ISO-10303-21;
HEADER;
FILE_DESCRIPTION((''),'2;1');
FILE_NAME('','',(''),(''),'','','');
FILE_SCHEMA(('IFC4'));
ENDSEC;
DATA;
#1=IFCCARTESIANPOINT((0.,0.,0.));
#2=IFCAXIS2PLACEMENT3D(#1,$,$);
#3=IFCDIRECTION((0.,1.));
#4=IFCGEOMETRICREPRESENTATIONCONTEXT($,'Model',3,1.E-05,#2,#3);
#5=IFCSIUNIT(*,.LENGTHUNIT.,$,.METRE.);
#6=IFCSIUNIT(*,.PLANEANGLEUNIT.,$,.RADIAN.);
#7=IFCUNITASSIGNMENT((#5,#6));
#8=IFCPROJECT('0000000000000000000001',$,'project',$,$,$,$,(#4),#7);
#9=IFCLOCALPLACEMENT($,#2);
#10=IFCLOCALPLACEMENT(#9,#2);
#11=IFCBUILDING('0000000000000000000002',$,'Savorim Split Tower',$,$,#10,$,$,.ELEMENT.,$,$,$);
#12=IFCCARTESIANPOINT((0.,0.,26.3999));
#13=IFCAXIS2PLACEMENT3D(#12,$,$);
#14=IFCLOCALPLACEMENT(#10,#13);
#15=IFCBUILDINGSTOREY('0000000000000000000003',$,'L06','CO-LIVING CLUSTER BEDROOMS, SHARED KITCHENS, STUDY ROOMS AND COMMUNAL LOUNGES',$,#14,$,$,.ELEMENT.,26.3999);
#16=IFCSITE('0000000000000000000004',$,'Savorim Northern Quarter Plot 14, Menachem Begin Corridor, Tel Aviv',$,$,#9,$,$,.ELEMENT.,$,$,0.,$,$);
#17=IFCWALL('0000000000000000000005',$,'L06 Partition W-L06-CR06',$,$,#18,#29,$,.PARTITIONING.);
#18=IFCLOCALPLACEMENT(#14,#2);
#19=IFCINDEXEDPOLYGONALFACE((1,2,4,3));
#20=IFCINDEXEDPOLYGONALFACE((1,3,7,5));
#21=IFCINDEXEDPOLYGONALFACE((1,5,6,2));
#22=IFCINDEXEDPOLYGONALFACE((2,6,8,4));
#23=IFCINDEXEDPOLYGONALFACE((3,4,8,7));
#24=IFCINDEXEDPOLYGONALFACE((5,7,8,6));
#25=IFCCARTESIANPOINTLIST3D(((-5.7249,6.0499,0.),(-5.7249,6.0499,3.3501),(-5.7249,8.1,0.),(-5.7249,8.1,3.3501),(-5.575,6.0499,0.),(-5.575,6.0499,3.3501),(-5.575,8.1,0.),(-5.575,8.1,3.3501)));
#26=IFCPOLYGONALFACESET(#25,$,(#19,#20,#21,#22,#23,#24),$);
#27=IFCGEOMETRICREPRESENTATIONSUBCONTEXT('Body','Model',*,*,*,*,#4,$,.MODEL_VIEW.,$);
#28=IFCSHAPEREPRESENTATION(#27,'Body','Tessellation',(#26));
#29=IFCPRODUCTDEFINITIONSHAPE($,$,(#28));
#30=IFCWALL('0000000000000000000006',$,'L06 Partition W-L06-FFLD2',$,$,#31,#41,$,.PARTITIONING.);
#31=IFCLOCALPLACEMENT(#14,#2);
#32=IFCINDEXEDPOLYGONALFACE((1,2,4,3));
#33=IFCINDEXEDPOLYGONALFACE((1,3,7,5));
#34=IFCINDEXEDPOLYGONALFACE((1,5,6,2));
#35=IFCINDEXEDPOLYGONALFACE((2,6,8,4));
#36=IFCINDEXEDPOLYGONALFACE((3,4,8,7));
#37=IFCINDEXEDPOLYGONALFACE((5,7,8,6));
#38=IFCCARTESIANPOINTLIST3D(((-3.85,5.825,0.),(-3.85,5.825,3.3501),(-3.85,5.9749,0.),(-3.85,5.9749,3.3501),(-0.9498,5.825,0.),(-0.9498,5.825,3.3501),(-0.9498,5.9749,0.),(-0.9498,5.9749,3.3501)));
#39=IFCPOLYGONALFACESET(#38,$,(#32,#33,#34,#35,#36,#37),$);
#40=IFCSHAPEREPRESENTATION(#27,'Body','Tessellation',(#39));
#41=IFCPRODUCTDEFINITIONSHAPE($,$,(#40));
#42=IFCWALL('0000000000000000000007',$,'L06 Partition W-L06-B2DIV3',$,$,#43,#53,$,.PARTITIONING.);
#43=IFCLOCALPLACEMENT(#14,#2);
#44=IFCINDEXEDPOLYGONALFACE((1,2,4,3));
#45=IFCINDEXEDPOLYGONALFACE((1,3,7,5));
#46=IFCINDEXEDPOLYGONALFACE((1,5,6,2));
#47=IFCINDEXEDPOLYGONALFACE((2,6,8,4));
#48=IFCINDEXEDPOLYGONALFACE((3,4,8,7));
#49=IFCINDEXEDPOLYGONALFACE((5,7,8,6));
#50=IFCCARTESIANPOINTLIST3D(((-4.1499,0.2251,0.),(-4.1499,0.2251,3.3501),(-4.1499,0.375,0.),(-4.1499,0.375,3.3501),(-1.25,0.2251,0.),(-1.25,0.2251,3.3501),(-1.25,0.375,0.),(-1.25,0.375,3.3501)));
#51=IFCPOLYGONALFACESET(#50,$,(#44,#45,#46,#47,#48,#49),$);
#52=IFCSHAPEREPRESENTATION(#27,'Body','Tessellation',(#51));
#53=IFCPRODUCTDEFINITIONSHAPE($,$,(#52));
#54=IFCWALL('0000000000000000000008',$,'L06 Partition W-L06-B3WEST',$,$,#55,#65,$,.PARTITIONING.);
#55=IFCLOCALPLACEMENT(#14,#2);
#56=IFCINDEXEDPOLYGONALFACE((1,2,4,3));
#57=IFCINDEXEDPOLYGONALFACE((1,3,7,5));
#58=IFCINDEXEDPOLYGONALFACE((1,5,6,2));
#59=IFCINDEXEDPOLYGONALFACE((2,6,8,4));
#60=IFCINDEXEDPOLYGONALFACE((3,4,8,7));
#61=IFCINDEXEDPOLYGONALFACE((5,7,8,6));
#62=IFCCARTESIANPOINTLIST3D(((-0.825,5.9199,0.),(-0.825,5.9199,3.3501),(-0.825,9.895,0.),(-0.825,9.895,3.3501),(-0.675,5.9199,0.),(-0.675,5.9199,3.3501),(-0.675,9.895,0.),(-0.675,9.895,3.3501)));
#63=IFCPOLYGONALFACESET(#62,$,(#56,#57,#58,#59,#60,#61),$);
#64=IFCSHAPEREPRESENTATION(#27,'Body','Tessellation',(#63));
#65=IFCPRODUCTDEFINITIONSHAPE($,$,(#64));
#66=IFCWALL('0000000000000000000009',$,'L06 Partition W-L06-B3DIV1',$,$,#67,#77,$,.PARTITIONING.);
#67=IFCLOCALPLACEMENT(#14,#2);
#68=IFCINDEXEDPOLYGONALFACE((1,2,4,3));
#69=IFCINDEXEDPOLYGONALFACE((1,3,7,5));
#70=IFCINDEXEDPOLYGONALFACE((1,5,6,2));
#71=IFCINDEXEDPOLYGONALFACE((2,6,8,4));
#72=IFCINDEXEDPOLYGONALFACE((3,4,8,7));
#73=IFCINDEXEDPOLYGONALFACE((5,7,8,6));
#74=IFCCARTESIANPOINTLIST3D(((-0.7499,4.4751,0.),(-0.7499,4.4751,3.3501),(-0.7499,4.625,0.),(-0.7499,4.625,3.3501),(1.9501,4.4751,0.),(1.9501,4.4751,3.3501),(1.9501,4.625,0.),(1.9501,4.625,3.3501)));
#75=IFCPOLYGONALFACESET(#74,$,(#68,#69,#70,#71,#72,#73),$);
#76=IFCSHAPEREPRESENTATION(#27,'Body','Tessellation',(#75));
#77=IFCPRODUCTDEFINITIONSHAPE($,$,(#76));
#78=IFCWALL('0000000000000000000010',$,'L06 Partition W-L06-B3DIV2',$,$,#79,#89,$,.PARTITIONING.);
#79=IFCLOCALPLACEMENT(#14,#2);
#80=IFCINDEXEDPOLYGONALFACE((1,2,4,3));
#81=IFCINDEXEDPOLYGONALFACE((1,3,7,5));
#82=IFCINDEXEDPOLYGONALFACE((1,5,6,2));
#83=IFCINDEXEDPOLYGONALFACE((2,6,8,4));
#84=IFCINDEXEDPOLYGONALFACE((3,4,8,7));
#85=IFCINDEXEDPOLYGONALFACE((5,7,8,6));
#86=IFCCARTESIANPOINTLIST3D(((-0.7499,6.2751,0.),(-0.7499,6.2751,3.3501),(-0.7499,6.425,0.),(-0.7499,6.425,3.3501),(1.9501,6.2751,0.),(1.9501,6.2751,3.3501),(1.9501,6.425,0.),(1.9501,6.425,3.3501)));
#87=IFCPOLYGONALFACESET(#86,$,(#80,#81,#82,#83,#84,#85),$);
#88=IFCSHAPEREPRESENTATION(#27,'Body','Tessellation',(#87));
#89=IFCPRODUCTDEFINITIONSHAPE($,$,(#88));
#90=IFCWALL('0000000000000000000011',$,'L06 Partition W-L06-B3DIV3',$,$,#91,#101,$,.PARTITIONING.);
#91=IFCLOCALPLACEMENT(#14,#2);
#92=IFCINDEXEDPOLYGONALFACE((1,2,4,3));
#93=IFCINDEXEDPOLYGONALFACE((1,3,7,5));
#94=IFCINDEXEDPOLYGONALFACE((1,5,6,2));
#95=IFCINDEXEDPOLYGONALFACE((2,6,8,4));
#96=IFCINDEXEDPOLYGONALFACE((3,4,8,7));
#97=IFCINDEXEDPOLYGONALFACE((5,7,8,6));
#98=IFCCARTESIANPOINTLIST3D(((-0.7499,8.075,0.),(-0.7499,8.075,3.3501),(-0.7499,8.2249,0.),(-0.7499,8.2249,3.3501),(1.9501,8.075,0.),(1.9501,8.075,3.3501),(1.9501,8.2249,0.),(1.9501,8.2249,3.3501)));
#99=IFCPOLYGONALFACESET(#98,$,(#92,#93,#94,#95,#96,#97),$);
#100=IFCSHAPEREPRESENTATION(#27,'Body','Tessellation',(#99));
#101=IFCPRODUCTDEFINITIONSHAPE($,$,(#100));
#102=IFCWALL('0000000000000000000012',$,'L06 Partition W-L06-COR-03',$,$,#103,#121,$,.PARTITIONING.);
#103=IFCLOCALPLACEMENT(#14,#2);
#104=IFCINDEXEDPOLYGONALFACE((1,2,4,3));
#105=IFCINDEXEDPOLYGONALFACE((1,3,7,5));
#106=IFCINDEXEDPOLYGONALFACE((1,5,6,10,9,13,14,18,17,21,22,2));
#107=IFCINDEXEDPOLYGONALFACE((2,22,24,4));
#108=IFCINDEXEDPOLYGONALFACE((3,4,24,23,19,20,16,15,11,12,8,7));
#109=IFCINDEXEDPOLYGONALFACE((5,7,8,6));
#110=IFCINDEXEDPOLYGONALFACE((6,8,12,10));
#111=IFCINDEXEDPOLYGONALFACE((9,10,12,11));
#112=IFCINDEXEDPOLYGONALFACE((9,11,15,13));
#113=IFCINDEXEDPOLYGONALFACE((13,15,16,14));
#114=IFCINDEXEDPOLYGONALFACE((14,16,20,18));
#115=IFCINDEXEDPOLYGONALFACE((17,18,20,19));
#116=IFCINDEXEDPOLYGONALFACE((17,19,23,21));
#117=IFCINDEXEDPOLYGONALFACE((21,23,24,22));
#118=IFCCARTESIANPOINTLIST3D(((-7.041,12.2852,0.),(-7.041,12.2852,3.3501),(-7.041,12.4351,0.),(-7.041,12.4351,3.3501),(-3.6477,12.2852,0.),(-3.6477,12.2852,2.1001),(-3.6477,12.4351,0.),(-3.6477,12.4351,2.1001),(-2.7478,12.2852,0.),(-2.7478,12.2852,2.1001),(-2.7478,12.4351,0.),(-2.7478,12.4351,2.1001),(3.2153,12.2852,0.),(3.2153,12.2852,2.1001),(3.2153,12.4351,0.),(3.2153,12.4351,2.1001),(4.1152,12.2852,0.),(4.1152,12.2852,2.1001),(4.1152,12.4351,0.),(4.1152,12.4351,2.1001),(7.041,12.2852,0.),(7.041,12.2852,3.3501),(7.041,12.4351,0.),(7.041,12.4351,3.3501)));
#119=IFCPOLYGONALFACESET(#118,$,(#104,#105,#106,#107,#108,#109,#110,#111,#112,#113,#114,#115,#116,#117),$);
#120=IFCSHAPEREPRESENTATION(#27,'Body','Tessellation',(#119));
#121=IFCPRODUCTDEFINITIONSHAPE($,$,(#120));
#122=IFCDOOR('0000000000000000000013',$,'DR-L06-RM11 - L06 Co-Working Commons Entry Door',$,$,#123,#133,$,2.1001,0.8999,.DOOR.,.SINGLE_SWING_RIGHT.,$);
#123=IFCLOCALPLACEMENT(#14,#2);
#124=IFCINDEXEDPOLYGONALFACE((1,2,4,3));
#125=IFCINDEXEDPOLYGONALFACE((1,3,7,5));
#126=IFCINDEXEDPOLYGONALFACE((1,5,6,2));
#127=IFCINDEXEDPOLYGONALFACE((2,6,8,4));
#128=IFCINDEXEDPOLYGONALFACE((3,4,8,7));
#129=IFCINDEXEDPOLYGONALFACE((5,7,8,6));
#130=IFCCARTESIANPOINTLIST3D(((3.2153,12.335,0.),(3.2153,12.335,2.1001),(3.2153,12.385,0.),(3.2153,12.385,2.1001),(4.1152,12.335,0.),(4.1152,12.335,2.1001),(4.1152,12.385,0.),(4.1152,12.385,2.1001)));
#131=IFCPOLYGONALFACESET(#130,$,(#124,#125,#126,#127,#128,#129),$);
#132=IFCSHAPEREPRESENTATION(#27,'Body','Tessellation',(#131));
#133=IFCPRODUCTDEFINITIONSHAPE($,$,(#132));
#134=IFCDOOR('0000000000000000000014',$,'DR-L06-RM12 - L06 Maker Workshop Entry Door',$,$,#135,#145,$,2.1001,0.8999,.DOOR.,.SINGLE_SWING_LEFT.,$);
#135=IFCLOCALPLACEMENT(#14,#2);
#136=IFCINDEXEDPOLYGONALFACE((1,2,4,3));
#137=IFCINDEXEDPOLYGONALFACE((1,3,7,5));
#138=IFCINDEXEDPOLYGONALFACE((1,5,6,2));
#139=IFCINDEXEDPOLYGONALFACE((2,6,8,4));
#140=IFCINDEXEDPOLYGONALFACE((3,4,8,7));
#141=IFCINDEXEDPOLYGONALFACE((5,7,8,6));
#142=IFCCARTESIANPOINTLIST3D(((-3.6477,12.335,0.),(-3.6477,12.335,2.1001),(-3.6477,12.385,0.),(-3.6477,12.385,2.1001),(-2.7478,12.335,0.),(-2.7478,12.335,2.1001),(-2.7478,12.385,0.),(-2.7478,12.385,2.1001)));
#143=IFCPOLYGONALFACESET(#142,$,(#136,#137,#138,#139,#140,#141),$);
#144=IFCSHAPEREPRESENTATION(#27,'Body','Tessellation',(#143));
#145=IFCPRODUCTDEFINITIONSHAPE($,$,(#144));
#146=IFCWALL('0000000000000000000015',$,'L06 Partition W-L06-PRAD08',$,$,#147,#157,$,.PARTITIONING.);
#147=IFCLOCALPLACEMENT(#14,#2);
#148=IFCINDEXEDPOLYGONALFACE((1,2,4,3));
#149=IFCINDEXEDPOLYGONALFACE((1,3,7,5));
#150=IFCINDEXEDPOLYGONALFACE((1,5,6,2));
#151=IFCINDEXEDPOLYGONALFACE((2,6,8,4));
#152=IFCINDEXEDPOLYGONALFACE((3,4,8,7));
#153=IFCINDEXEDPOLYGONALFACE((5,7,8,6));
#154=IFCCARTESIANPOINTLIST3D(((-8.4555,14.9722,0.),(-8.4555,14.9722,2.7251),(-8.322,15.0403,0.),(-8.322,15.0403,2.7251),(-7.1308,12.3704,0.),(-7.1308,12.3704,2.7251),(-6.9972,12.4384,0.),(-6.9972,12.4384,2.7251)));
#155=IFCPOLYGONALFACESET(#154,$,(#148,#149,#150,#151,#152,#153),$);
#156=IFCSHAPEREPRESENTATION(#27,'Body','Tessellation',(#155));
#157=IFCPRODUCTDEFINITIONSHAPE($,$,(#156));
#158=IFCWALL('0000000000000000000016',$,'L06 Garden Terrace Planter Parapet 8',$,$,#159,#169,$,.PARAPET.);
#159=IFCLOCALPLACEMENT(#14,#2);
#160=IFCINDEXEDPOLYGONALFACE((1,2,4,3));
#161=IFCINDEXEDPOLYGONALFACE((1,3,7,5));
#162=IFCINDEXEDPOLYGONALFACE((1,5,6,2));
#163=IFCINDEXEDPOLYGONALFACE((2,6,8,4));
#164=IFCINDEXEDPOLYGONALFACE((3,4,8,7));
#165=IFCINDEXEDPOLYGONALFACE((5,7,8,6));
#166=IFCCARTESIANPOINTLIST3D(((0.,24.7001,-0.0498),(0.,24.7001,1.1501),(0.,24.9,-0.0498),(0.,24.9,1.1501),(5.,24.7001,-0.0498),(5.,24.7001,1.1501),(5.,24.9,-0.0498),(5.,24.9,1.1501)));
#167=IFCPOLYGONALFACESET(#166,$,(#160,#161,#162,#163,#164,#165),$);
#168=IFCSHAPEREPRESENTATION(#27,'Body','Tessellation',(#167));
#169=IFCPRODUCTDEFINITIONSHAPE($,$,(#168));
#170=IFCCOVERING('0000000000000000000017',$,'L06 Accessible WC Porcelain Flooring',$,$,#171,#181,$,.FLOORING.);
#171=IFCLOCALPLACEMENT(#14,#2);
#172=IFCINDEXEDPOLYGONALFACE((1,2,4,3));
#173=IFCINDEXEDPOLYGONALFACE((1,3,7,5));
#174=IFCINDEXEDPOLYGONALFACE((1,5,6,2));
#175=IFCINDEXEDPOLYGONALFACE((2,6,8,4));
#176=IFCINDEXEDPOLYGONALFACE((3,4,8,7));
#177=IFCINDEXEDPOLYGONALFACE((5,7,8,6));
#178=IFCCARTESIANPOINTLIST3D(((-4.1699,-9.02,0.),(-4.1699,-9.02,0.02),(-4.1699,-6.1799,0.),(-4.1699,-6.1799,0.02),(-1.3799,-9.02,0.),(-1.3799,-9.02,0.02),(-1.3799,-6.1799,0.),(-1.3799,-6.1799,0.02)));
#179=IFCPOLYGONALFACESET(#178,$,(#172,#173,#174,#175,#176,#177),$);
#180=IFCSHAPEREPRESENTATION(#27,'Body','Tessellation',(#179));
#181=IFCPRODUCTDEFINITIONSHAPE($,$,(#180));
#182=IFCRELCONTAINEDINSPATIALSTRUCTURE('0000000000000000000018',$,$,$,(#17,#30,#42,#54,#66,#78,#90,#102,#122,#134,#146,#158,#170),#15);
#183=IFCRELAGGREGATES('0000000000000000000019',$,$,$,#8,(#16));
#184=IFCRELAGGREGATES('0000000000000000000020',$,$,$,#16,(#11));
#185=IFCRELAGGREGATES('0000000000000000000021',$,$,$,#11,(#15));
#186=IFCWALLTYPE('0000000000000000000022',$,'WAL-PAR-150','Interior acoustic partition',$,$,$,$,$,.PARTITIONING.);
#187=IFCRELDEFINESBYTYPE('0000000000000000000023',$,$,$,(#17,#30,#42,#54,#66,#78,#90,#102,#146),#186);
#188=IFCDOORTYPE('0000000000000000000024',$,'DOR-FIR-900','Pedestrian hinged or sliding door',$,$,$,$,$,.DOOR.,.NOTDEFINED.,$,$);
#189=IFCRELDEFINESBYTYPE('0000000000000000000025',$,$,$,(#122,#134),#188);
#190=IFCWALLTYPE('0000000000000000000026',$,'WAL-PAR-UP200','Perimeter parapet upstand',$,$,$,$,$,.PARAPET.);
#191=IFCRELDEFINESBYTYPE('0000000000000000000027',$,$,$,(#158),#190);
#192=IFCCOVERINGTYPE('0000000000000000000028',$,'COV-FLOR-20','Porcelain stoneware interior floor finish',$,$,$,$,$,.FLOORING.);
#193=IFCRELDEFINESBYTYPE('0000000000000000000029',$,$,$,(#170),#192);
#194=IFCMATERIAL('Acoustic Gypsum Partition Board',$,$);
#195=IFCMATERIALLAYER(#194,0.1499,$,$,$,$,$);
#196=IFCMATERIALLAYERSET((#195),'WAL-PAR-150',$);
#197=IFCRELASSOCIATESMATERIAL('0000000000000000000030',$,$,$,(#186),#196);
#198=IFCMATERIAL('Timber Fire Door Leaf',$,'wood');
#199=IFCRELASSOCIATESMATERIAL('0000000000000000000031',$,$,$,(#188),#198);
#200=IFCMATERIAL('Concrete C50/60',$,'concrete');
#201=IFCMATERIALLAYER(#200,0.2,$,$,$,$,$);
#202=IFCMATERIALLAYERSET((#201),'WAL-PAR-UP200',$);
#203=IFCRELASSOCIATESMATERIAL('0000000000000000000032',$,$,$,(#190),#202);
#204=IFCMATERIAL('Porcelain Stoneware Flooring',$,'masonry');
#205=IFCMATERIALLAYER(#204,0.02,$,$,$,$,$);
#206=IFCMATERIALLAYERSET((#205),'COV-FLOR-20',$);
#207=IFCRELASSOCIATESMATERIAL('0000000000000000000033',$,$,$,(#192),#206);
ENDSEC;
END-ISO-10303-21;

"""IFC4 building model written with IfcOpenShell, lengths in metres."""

from ifc_helpers import new_model, si_unit, direction, frame, frame_2d, origin, place, context, subcontext, project, spatial, polyline, rectangle, outline, extrude, material, layer, layer_set, type_object, element, fill, save


model = new_model("IFC4")

# Units and contexts
model_context = context("Model", 3, precision=1e-05, world=origin(), true_north=direction((0.0, 1.0)))
body_context = subcontext(model_context, "Body", "Model", "MODEL_VIEW")
ifc_project = project(units=[si_unit("LENGTHUNIT", "METRE"), si_unit("PLANEANGLEUNIT", "RADIAN")], contexts=[model_context])

# Site, building, storey
site_placement = place(None, origin())
site = spatial("IfcSite", under=ifc_project, at=site_placement, Name="Savorim Northern Quarter Plot 14, Menachem Begin Corridor, Tel Aviv", CompositionType="ELEMENT", RefElevation=0.0)
building_placement = place(site_placement, origin())
building = spatial("IfcBuilding", under=site, at=building_placement, Name="Savorim Split Tower", CompositionType="ELEMENT")
storey_placement = place(building_placement, frame((0.0, 0.0, 26.3999)))
storey = spatial("IfcBuildingStorey", under=building, at=storey_placement, Name="L06", Description="CO-LIVING CLUSTER BEDROOMS, SHARED KITCHENS, STUDY ROOMS AND COMMUNAL LOUNGES", CompositionType="ELEMENT", Elevation=26.3999)

# Shared definitions
ifc_material_1 = material(Name="Concrete C50/60", Category="concrete")

# Walls
ifc_material_2 = material(Name="Acoustic Gypsum Partition Board")
ifc_layer_1 = layer(ifc_material_2, 0.1499)
ifc_layer_set_1 = layer_set([ifc_layer_1], Name="WAL-PAR-150")
wall_type_1 = type_object("IfcWallType", Name="WAL-PAR-150", Description="Interior acoustic partition", PredefinedType="PARTITIONING", material=ifc_layer_set_1)
wall_1_placement = place(storey_placement, frame((-5.6499, 6.05, 0.0), z_axis=(0.0, 0.0, 1.0), x_axis=(0.0, 1.0, 0.0)))
element("IfcWall", 1, at=wall_1_placement, inside=storey, type_object=wall_type_1, Name="L06 Partition W-L06-CR06", PredefinedType="PARTITIONING", context=body_context, shape_type="SweptSolid", body=[
    extrude(rectangle(XDim=2.05, YDim=0.1499, at=frame_2d((1.0249, 0.0))), origin(), (0.0, 0.0, 1.0), 3.3501),
])
wall_2_placement = place(storey_placement, frame((-3.8501, 5.8999, 0.0), z_axis=(0.0, 0.0, 1.0), x_axis=(1.0, 0.0, 0.0)))
element("IfcWall", 2, at=wall_2_placement, inside=storey, type_object=wall_type_1, Name="L06 Partition W-L06-FFLD2", PredefinedType="PARTITIONING", context=body_context, shape_type="SweptSolid", body=[
    extrude(rectangle(XDim=2.9001, YDim=0.1499, at=frame_2d((1.4502, 0.0))), origin(), (0.0, 0.0, 1.0), 3.3501),
])
wall_3_placement = place(storey_placement, frame((-4.1499, 0.3, 0.0), z_axis=(0.0, 0.0, 1.0), x_axis=(1.0, 0.0, 0.0)))
element("IfcWall", 3, at=wall_3_placement, inside=storey, type_object=wall_type_1, Name="L06 Partition W-L06-B2DIV3", PredefinedType="PARTITIONING", context=body_context, shape_type="SweptSolid", body=[
    extrude(rectangle(XDim=2.8999, YDim=0.1499, at=frame_2d((1.45, 0.0))), origin(), (0.0, 0.0, 1.0), 3.3501),
])
wall_4_placement = place(storey_placement, frame((-0.75, 5.9199, 0.0), z_axis=(0.0, 0.0, 1.0), x_axis=(0.0, 1.0, 0.0)))
element("IfcWall", 4, at=wall_4_placement, inside=storey, type_object=wall_type_1, Name="L06 Partition W-L06-B3WEST", PredefinedType="PARTITIONING", context=body_context, shape_type="SweptSolid", body=[
    extrude(rectangle(XDim=3.9751, YDim=0.1499, at=frame_2d((1.9875, 0.0))), origin(), (0.0, 0.0, 1.0), 3.3501),
])
for number, where, z_axis, x_axis, name in (
    (5, (-0.75, 4.55, 0.0), (0.0, 0.0, 1.0), (1.0, 0.0, 0.0), "L06 Partition W-L06-B3DIV1"),
    (6, (-0.75, 6.3501, 0.0), (0.0, 0.0, 1.0), (1.0, 0.0, 0.0), "L06 Partition W-L06-B3DIV2"),
    (7, (-0.75, 8.1499, 0.0), (0.0, 0.0, 1.0), (1.0, 0.0, 0.0), "L06 Partition W-L06-B3DIV3"),
):
    element("IfcWall", number, at=place(storey_placement, frame(where, z_axis=z_axis, x_axis=x_axis)), inside=storey, type_object=wall_type_1, Name=name, PredefinedType="PARTITIONING", context=body_context, shape_type="SweptSolid", body=[
        extrude(rectangle(XDim=2.7, YDim=0.1499, at=frame_2d((1.3501, 0.0))), origin(), (0.0, 0.0, 1.0), 3.3501),
    ])

# Wall, openings, doors
wall_5_placement = place(storey_placement, frame((-7.041, 12.3601, 0.0), z_axis=(0.0, 0.0, 1.0), x_axis=(1.0, 0.0, 0.0)))
wall_5 = element("IfcWall", 8, at=wall_5_placement, inside=storey, type_object=wall_type_1, Name="L06 Partition W-L06-COR-03", PredefinedType="PARTITIONING", context=body_context, shape_type="SweptSolid", body=[
    extrude(rectangle(XDim=14.082, YDim=0.1499, at=frame_2d((7.041, 0.0))), origin(), (0.0, 0.0, 1.0), 3.3501),
])
opening_1_placement = place(wall_5_placement, frame((10.2563, 0.0, 0.0)))
opening_1 = element("IfcOpeningElement", 9, at=opening_1_placement, cuts=wall_5, PredefinedType="OPENING", context=body_context, shape_type="SweptSolid", body=[
    extrude(rectangle(XDim=0.8999, YDim=2.1001, at=frame_2d((0.45, 1.05))), frame((0.0, 0.085, 0.0), z_axis=(0.0, -1.0, 0.0), x_axis=(1.0, 0.0, 0.0)), (0.0, 0.0, 1.0), 0.1699),
])
opening_2_placement = place(wall_5_placement, frame((3.3933, 0.0, 0.0)))
opening_2 = element("IfcOpeningElement", 10, at=opening_2_placement, cuts=wall_5, PredefinedType="OPENING", context=body_context, shape_type="SweptSolid", body=[
    extrude(rectangle(XDim=0.8999, YDim=2.1001, at=frame_2d((0.45, 1.05))), frame((0.0, 0.085, 0.0), z_axis=(0.0, -1.0, 0.0), x_axis=(1.0, 0.0, 0.0)), (0.0, 0.0, 1.0), 0.1699),
])
ifc_material_3 = material(Name="Timber Fire Door Leaf", Category="wood")
door_type_1 = type_object("IfcDoorType", Name="DOR-FIR-900", Description="Pedestrian hinged or sliding door", OperationType="NOTDEFINED", PredefinedType="DOOR", material=ifc_material_3)
door_1_placement = place(opening_1_placement, origin())
door_1 = element("IfcDoor", 11, at=door_1_placement, inside=storey, type_object=door_type_1, Name="DR-L06-RM11 - L06 Co-Working Commons Entry Door", OperationType="SINGLE_SWING_RIGHT", OverallHeight=2.1001, OverallWidth=0.8999, PredefinedType="DOOR", context=body_context, shape_type="SweptSolid", body=[
    extrude(rectangle(XDim=0.8999, YDim=2.1001, at=frame_2d((0.45, 1.05))), frame((0.0, 0.0249, 0.0), z_axis=(0.0, -1.0, 0.0), x_axis=(1.0, 0.0, 0.0)), (0.0, 0.0, 1.0), 0.05),
])
fill(opening_1, door_1)
door_2_placement = place(opening_2_placement, origin())
door_2 = element("IfcDoor", 12, at=door_2_placement, inside=storey, type_object=door_type_1, Name="DR-L06-RM12 - L06 Maker Workshop Entry Door", OperationType="SINGLE_SWING_LEFT", OverallHeight=2.1001, OverallWidth=0.8999, PredefinedType="DOOR", context=body_context, shape_type="SweptSolid", body=[
    extrude(rectangle(XDim=0.8999, YDim=2.1001, at=frame_2d((0.45, 1.05))), frame((0.0, 0.0249, 0.0), z_axis=(0.0, -1.0, 0.0), x_axis=(1.0, 0.0, 0.0)), (0.0, 0.0, 1.0), 0.05),
])
fill(opening_2, door_2)

# Walls
wall_6_placement = place(storey_placement, frame((-7.064, 12.4043, 0.0), z_axis=(0.0, 0.0, 1.0), x_axis=(-0.453724, 0.891142, 0.0)))
element("IfcWall", 13, at=wall_6_placement, inside=storey, type_object=wall_type_1, Name="L06 Partition W-L06-PRAD08", PredefinedType="PARTITIONING", context=body_context, shape_type="SweptSolid", body=[
    extrude(rectangle(XDim=2.9197, YDim=0.1499, at=frame_2d((1.46, 0.0))), origin(), (0.0, 0.0, 1.0), 2.7251),
])
ifc_layer_2 = layer(ifc_material_1, 0.2)
ifc_layer_set_2 = layer_set([ifc_layer_2], Name="WAL-PAR-UP200")
wall_type_2 = type_object("IfcWallType", Name="WAL-PAR-UP200", Description="Perimeter parapet upstand", PredefinedType="PARAPET", material=ifc_layer_set_2)
wall_7_placement = place(storey_placement, frame((0.0, 24.8, -0.0498), z_axis=(0.0, 0.0, 1.0), x_axis=(1.0, 0.0, 0.0)))
element("IfcWall", 14, at=wall_7_placement, inside=storey, type_object=wall_type_2, Name="L06 Garden Terrace Planter Parapet 8", PredefinedType="PARAPET", context=body_context, shape_type="SweptSolid", body=[
    extrude(rectangle(XDim=5.0, YDim=0.2, at=frame_2d((2.5, 0.0))), origin(), (0.0, 0.0, 1.0), 1.2),
])

# Covering
ifc_material_4 = material(Name="Porcelain Stoneware Flooring", Category="masonry")
ifc_layer_3 = layer(ifc_material_4, 0.02)
ifc_layer_set_3 = layer_set([ifc_layer_3], Name="COV-FLOR-20")
covering_type = type_object("IfcCoveringType", Name="COV-FLOR-20", Description="Porcelain stoneware interior floor finish", PredefinedType="FLOORING", material=ifc_layer_set_3)
covering_placement = place(storey_placement, origin())
element("IfcCovering", 15, at=covering_placement, inside=storey, type_object=covering_type, Name="L06 Accessible WC Porcelain Flooring", PredefinedType="FLOORING", context=body_context, shape_type="SweptSolid", body=[
    extrude(outline(polyline([(-4.1699, -6.1799), (-4.1699, -9.02), (-1.3799, -9.02), (-1.3799, -6.1799), (-4.1699, -6.1799)])), origin(), (0.0, 0.0, 1.0), 0.02),
])

save(model, "model.ifc")
